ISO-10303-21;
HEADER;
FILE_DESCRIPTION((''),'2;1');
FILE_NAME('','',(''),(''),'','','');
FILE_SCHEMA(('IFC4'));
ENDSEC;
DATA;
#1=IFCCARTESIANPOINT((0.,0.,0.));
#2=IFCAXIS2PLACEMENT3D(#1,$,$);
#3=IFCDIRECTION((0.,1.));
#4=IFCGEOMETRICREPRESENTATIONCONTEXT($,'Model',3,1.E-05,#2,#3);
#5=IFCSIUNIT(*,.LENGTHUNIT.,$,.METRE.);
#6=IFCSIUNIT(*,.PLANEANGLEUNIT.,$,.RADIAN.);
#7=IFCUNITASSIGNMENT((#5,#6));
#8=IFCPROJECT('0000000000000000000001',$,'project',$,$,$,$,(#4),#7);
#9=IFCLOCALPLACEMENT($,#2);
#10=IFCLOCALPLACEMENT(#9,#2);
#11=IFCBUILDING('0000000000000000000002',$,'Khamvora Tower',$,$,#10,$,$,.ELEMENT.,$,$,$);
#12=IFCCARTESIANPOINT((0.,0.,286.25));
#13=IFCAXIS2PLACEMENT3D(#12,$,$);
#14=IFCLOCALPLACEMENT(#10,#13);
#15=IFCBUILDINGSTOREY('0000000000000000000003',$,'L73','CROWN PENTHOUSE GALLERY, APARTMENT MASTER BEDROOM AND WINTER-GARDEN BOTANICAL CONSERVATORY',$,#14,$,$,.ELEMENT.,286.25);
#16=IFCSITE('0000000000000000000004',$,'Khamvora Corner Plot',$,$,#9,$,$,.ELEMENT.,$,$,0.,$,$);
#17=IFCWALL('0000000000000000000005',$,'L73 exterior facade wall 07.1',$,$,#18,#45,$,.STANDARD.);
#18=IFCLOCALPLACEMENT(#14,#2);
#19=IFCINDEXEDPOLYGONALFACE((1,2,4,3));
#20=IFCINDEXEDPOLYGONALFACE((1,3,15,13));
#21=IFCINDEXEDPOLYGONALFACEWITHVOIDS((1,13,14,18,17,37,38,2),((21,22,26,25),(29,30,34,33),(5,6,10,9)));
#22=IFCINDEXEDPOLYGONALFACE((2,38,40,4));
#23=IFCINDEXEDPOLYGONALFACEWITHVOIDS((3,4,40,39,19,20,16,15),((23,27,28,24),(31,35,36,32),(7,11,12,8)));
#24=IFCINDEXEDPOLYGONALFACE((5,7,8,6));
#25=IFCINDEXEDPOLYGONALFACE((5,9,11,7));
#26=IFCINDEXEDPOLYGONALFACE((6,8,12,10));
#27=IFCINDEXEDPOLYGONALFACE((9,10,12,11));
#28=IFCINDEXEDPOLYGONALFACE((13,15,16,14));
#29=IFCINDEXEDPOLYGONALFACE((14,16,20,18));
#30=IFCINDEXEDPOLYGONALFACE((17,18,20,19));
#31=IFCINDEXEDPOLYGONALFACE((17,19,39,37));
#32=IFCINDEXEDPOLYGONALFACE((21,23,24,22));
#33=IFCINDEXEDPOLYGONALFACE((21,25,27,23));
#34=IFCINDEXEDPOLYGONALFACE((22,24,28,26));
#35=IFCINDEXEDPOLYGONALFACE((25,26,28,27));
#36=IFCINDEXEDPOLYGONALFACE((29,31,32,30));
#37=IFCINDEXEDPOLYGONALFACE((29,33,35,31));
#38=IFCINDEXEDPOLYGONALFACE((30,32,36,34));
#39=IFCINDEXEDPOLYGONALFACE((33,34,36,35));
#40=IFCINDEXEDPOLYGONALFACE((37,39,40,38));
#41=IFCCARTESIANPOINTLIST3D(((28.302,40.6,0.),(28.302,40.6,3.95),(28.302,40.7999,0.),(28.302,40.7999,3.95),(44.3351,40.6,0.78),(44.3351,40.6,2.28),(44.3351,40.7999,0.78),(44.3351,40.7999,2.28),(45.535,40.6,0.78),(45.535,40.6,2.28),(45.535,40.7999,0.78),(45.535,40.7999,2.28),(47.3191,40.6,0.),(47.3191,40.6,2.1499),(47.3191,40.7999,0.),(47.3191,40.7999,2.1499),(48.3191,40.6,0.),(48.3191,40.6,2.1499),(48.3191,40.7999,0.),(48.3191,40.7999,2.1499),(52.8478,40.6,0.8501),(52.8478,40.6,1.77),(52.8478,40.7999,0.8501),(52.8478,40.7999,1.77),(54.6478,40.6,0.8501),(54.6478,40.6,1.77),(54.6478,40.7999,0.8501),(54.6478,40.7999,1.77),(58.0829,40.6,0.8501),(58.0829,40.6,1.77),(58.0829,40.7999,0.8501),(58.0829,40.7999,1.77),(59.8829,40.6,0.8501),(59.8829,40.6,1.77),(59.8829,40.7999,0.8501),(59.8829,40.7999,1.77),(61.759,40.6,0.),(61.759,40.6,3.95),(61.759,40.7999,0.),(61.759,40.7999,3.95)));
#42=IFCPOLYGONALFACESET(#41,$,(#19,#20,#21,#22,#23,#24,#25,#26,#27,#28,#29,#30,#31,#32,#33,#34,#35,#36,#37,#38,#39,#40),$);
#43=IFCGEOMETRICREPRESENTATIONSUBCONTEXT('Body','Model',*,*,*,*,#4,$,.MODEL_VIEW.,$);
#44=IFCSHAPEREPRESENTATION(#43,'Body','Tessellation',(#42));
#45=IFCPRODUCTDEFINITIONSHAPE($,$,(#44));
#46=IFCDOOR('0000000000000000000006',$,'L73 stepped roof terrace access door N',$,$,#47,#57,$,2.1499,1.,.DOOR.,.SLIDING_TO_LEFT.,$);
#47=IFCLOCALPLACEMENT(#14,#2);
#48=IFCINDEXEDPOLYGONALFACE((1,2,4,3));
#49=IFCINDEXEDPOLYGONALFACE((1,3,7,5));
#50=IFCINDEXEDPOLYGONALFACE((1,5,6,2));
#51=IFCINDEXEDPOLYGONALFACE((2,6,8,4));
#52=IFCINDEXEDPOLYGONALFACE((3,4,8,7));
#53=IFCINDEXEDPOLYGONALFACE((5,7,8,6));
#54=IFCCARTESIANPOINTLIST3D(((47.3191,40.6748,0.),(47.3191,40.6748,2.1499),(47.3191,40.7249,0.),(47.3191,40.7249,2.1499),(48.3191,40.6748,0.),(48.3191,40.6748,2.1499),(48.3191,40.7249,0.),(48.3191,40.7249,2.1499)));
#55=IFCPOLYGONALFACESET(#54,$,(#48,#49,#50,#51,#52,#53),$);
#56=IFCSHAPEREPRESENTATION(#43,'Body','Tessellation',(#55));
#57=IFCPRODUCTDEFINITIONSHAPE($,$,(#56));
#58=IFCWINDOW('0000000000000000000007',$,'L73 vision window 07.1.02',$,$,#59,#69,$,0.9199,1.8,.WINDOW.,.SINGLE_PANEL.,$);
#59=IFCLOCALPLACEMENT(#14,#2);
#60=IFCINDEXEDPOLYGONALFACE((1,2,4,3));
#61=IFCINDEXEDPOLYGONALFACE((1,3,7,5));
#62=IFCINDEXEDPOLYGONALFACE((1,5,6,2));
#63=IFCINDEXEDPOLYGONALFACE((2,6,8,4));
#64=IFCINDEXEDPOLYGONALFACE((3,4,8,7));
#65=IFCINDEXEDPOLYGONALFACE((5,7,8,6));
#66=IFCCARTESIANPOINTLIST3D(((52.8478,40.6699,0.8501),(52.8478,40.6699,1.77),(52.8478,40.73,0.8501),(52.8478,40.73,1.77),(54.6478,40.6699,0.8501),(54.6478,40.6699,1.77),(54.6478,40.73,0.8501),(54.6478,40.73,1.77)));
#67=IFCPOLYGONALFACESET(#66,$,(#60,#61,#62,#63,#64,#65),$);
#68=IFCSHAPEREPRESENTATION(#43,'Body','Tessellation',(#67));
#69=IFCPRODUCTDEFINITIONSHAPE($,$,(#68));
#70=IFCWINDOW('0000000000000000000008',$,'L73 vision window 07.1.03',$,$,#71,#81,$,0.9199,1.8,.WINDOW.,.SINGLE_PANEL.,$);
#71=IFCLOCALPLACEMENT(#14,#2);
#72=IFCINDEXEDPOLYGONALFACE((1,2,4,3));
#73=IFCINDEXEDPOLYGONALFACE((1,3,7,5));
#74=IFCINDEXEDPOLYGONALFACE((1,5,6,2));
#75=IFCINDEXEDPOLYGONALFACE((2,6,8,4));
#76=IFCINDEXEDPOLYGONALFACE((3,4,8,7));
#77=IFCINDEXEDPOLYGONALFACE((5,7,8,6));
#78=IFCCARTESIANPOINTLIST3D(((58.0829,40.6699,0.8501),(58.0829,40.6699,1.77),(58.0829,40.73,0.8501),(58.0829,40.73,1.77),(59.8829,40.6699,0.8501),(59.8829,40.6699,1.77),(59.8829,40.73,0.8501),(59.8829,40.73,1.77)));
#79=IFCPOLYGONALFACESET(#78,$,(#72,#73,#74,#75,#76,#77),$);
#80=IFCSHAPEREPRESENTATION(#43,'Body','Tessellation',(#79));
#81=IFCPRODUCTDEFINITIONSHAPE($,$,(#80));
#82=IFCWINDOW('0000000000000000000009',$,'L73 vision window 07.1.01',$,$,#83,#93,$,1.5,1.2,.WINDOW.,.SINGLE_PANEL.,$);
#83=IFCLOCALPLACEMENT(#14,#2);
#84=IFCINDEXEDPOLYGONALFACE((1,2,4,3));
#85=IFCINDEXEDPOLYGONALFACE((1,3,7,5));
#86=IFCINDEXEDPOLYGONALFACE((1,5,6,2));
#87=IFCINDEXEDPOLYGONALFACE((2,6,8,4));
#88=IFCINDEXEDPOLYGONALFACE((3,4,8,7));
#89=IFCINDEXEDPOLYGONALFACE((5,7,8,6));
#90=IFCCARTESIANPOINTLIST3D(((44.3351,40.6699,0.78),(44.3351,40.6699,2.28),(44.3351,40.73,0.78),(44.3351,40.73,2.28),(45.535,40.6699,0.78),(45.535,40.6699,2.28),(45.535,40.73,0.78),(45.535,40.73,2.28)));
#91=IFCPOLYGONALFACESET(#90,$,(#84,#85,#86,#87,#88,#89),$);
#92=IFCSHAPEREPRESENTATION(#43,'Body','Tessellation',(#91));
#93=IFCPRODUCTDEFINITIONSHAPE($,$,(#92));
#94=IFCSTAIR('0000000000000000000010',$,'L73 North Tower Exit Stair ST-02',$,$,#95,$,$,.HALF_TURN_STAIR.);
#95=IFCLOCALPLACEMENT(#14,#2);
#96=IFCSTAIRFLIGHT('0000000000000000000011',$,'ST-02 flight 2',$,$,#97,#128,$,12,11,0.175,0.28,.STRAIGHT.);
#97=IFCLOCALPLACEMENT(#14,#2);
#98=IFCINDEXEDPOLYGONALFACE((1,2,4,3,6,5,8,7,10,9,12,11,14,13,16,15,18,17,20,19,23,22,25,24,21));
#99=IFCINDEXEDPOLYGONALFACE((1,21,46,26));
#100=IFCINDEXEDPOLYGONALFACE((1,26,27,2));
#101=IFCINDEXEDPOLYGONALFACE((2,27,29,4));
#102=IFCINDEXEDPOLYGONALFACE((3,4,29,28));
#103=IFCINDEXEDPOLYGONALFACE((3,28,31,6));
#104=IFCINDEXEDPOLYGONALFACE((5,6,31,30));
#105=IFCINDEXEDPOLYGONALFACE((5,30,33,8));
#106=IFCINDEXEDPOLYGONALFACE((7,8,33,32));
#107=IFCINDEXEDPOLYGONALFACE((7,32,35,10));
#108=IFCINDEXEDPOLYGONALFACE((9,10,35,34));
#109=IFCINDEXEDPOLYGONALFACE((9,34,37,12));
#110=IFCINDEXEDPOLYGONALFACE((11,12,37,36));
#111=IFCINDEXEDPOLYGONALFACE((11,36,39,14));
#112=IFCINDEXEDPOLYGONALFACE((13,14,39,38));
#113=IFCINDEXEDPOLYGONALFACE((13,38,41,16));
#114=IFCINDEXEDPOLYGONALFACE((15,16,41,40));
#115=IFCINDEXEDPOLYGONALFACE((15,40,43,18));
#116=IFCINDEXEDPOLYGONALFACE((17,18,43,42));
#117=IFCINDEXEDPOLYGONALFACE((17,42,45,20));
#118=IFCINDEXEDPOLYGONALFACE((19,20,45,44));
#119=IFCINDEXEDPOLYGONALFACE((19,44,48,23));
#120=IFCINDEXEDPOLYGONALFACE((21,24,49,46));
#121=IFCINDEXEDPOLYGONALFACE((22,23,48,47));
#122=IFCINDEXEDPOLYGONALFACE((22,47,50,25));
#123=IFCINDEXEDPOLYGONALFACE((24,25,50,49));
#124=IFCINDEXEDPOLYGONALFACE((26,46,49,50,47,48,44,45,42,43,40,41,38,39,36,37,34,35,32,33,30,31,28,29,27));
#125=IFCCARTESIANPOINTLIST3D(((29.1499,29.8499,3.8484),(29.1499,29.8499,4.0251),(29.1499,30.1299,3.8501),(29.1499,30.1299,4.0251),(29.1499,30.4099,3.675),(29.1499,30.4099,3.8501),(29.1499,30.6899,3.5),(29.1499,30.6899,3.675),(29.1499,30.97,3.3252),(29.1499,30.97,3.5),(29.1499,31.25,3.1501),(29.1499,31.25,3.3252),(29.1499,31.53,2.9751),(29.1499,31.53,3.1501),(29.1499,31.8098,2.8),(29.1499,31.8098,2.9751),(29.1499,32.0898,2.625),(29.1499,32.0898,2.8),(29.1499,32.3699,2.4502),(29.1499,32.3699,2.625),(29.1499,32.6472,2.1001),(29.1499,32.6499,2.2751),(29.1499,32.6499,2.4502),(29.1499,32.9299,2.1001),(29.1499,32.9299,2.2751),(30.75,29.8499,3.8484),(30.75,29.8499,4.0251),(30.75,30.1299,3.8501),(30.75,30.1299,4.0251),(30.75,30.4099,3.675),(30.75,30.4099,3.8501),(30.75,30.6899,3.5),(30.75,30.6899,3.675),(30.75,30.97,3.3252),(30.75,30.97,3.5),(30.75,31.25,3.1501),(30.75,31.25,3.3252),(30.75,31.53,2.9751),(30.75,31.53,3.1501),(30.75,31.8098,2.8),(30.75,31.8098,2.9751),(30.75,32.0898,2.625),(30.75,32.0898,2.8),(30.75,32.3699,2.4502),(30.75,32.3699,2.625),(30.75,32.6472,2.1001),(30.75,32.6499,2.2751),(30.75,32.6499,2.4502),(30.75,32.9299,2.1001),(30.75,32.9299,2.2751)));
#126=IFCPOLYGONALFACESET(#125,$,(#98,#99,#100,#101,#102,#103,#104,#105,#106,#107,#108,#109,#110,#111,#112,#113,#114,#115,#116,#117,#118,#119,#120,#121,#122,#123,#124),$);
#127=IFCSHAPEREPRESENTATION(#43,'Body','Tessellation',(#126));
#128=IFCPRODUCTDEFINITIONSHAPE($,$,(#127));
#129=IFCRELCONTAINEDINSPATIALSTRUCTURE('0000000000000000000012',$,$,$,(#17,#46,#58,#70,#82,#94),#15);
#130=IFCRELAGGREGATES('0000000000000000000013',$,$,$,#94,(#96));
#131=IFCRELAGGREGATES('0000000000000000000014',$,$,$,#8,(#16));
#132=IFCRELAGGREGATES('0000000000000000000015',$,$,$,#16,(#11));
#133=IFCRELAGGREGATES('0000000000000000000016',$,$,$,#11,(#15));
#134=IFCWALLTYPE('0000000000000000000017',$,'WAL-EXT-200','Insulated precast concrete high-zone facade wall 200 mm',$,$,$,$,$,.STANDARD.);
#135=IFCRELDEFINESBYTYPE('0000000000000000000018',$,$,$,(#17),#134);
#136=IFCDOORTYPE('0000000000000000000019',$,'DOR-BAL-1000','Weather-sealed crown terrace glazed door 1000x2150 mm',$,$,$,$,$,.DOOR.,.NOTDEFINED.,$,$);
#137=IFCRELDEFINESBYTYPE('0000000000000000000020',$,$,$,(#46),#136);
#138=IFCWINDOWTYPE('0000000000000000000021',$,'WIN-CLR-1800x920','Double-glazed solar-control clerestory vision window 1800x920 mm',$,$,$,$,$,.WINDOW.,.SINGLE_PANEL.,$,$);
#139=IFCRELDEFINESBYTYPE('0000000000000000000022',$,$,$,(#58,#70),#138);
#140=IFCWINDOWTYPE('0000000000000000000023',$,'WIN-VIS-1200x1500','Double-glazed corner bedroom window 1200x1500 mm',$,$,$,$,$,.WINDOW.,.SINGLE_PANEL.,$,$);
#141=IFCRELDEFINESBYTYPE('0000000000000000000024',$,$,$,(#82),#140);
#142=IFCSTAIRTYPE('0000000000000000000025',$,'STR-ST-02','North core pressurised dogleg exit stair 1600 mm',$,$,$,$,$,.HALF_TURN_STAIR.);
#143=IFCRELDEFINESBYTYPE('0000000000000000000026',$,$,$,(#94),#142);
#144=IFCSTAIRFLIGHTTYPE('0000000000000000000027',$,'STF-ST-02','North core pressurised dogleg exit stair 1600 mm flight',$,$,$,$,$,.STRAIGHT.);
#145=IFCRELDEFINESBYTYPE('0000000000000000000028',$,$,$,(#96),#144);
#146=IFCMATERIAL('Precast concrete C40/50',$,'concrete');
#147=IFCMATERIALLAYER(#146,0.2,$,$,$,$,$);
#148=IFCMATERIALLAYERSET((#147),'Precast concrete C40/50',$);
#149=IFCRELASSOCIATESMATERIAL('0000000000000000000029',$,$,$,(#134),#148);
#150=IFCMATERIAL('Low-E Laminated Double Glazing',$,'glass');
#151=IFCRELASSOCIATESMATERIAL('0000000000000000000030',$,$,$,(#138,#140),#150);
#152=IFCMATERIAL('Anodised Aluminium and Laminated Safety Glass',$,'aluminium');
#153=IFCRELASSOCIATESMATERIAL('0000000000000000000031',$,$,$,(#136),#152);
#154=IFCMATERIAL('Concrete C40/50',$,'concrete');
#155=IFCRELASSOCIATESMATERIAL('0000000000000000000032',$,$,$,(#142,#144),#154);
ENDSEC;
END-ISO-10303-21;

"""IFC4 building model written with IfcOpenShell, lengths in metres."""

from ifc_helpers import new_model, si_unit, direction, frame, frame_2d, origin, place, context, subcontext, project, spatial, polyline, rectangle, outline, extrude, material, layer, layer_set, type_object, element, fill, aggregate, save


model = new_model("IFC4")

# Units and contexts
model_context = context("Model", 3, precision=1e-05, world=origin(), true_north=direction((0.0, 1.0)))
body_context = subcontext(model_context, "Body", "Model", "MODEL_VIEW")
ifc_project = project(units=[si_unit("LENGTHUNIT", "METRE"), si_unit("PLANEANGLEUNIT", "RADIAN")], contexts=[model_context])

# Site, building, storey
site_placement = place(None, origin())
site = spatial("IfcSite", under=ifc_project, at=site_placement, Name="Khamvora Corner Plot", CompositionType="ELEMENT", RefElevation=0.0)
building_placement = place(site_placement, origin())
building = spatial("IfcBuilding", under=site, at=building_placement, Name="Khamvora Tower", CompositionType="ELEMENT")
storey_placement = place(building_placement, frame((0.0, 0.0, 286.25)))
storey = spatial("IfcBuildingStorey", under=building, at=storey_placement, Name="L73", Description="CROWN PENTHOUSE GALLERY, APARTMENT MASTER BEDROOM AND WINTER-GARDEN BOTANICAL CONSERVATORY", CompositionType="ELEMENT", Elevation=286.25)

# Shared definitions
ifc_material_1 = material(Name="Precast concrete C40/50", Category="concrete")
ifc_layer_1 = layer(ifc_material_1, 0.2)
ifc_layer_set_1 = layer_set([ifc_layer_1], Name="Precast concrete C40/50")
wall_type_1 = type_object("IfcWallType", Name="WAL-EXT-200", Description="Insulated precast concrete high-zone facade wall 200 mm", PredefinedType="STANDARD", material=ifc_layer_set_1)

# Shared definitions
ifc_material_2 = material(Name="Low-E Laminated Double Glazing", Category="glass")
window_type_1 = type_object("IfcWindowType", Name="WIN-CLR-1800x920", Description="Double-glazed solar-control clerestory vision window 1800x920 mm", PartitioningType="SINGLE_PANEL", PredefinedType="WINDOW", material=ifc_material_2)

# Wall, openings, door, windows
wall_1_placement = place(storey_placement, frame((28.302, 40.7, 0.0), z_axis=(0.0, 0.0, 1.0), x_axis=(1.0, 0.0, 0.0)))
wall_1 = element("IfcWall", 1, at=wall_1_placement, inside=storey, type_object=wall_type_1, Name="L73 exterior facade wall 07.1", PredefinedType="STANDARD", context=body_context, shape_type="SweptSolid", body=[
    extrude(rectangle(XDim=33.457, YDim=0.2, at=frame_2d((16.7285, 0.0))), origin(), (0.0, 0.0, 1.0), 3.95),
])
opening_1_placement = place(wall_1_placement, frame((19.0171, 0.0, 0.0)))
opening_1 = element("IfcOpeningElement", 2, at=opening_1_placement, cuts=wall_1, PredefinedType="OPENING", context=body_context, shape_type="SweptSolid", body=[
    extrude(rectangle(XDim=1.0, YDim=2.1499, at=frame_2d((0.5, 1.075))), frame((0.0, 0.1099, 0.0), z_axis=(0.0, -1.0, 0.0), x_axis=(1.0, 0.0, 0.0)), (0.0, 0.0, 1.0), 0.22),
])
opening_2_placement = place(wall_1_placement, frame((16.033, 0.0, 0.78)))
opening_2 = element("IfcOpeningElement", 3, at=opening_2_placement, cuts=wall_1, PredefinedType="OPENING", context=body_context, shape_type="SweptSolid", body=[
    extrude(rectangle(XDim=1.2, YDim=1.5, at=frame_2d((0.6001, 0.75))), frame((0.0, 0.1099, 0.0), z_axis=(0.0, -1.0, 0.0), x_axis=(1.0, 0.0, 0.0)), (0.0, 0.0, 1.0), 0.22),
])
opening_3_placement = place(wall_1_placement, frame((24.5459, 0.0, 0.8501)))
opening_3 = element("IfcOpeningElement", 4, at=opening_3_placement, cuts=wall_1, PredefinedType="OPENING", context=body_context, shape_type="SweptSolid", body=[
    extrude(rectangle(XDim=1.8, YDim=0.9199, at=frame_2d((0.8999, 0.46))), frame((0.0, 0.1099, 0.0), z_axis=(0.0, -1.0, 0.0), x_axis=(1.0, 0.0, 0.0)), (0.0, 0.0, 1.0), 0.22),
])
opening_4_placement = place(wall_1_placement, frame((29.781, 0.0, 0.8501)))
opening_4 = element("IfcOpeningElement", 5, at=opening_4_placement, cuts=wall_1, PredefinedType="OPENING", context=body_context, shape_type="SweptSolid", body=[
    extrude(rectangle(XDim=1.8, YDim=0.9199, at=frame_2d((0.8999, 0.46))), frame((0.0, 0.1099, 0.0), z_axis=(0.0, -1.0, 0.0), x_axis=(1.0, 0.0, 0.0)), (0.0, 0.0, 1.0), 0.22),
])
ifc_material_3 = material(Name="Anodised Aluminium and Laminated Safety Glass", Category="aluminium")
door_type_1 = type_object("IfcDoorType", Name="DOR-BAL-1000", Description="Weather-sealed crown terrace glazed door 1000x2150 mm", OperationType="NOTDEFINED", PredefinedType="DOOR", material=ifc_material_3)
door_1_placement = place(opening_1_placement, origin())
door_1 = element("IfcDoor", 6, at=door_1_placement, inside=storey, type_object=door_type_1, Name="L73 stepped roof terrace access door N", OperationType="SLIDING_TO_LEFT", OverallHeight=2.1499, OverallWidth=1.0, PredefinedType="DOOR", context=body_context, shape_type="SweptSolid", body=[
    extrude(rectangle(XDim=1.0, YDim=2.1499, at=frame_2d((0.5, 1.075))), frame((0.0, 0.0249, 0.0), z_axis=(0.0, -1.0, 0.0), x_axis=(1.0, 0.0, 0.0)), (0.0, 0.0, 1.0), 0.05),
])
fill(opening_1, door_1)
window_1_placement = place(opening_3_placement, origin())
window_1 = element("IfcWindow", 7, at=window_1_placement, inside=storey, type_object=window_type_1, Name="L73 vision window 07.1.02", OverallHeight=0.9199, OverallWidth=1.8, PartitioningType="SINGLE_PANEL", PredefinedType="WINDOW", context=body_context, shape_type="SweptSolid", body=[
    extrude(rectangle(XDim=1.8, YDim=0.9199, at=frame_2d((0.8999, 0.46))), frame((0.0, 0.03, 0.0), z_axis=(0.0, -1.0, 0.0), x_axis=(1.0, 0.0, 0.0)), (0.0, 0.0, 1.0), 0.0601),
])
fill(opening_3, window_1)
window_2_placement = place(opening_4_placement, origin())
window_2 = element("IfcWindow", 8, at=window_2_placement, inside=storey, type_object=window_type_1, Name="L73 vision window 07.1.03", OverallHeight=0.9199, OverallWidth=1.8, PartitioningType="SINGLE_PANEL", PredefinedType="WINDOW", context=body_context, shape_type="SweptSolid", body=[
    extrude(rectangle(XDim=1.8, YDim=0.9199, at=frame_2d((0.8999, 0.46))), frame((0.0, 0.03, 0.0), z_axis=(0.0, -1.0, 0.0), x_axis=(1.0, 0.0, 0.0)), (0.0, 0.0, 1.0), 0.0601),
])
fill(opening_4, window_2)
window_type_2 = type_object("IfcWindowType", Name="WIN-VIS-1200x1500", Description="Double-glazed corner bedroom window 1200x1500 mm", PartitioningType="SINGLE_PANEL", PredefinedType="WINDOW", material=ifc_material_2)
window_3_placement = place(opening_2_placement, origin())
window_3 = element("IfcWindow", 9, at=window_3_placement, inside=storey, type_object=window_type_2, Name="L73 vision window 07.1.01", OverallHeight=1.5, OverallWidth=1.2, PartitioningType="SINGLE_PANEL", PredefinedType="WINDOW", context=body_context, shape_type="SweptSolid", body=[
    extrude(rectangle(XDim=1.2, YDim=1.5, at=frame_2d((0.6001, 0.75))), frame((0.0, 0.03, 0.0), z_axis=(0.0, -1.0, 0.0), x_axis=(1.0, 0.0, 0.0)), (0.0, 0.0, 1.0), 0.0601),
])
fill(opening_2, window_3)

# Stair, stair flight
ifc_material_4 = material(Name="Concrete C40/50", Category="concrete")
stair_type = type_object("IfcStairType", Name="STR-ST-02", Description="North core pressurised dogleg exit stair 1600 mm", PredefinedType="HALF_TURN_STAIR", material=ifc_material_4)
stair_placement = place(storey_placement, origin())
stair = element("IfcStair", 10, at=stair_placement, inside=storey, type_object=stair_type, Name="L73 North Tower Exit Stair ST-02", PredefinedType="HALF_TURN_STAIR")
stair_flight_type = type_object("IfcStairFlightType", Name="STF-ST-02", Description="North core pressurised dogleg exit stair 1600 mm flight", PredefinedType="STRAIGHT", material=ifc_material_4)
stair_flight_placement = place(storey_placement, frame((29.95, 32.9299, 2.1001), z_axis=(0.0, 0.0, 1.0), x_axis=(0.0, -1.0, 0.0)))
stair_flight = element("IfcStairFlight", 11, at=stair_flight_placement, type_object=stair_flight_type, Name="ST-02 flight 2", NumberOfRisers=12, NumberOfTreads=11, PredefinedType="STRAIGHT", RiserHeight=0.175, TreadLength=0.28, context=body_context, shape_type="SweptSolid", body=[
    extrude(outline(polyline([(0.0, 0.0), (0.0, 0.175), (0.28, 0.175), (0.28, 0.3501), (0.5601, 0.3501), (0.5601, 0.5249), (0.8401, 0.5249), (0.8401, 0.7), (1.1201, 0.7), (1.1201, 0.875), (1.3999, 0.875), (1.3999, 1.05), (1.6799, 1.05), (1.6799, 1.2251), (1.96, 1.2251), (1.96, 1.3999), (2.24, 1.3999), (2.24, 1.575), (2.52, 1.575), (2.52, 1.75), (2.8, 1.75), (2.8, 1.925), (3.0801, 1.925), (3.0801, 2.1001), (3.0801, 1.7483), (0.2827, 0.0), (0.0, 0.0)])), frame((0.0, 0.8, 0.0), z_axis=(0.0, -1.0, 0.0), x_axis=(1.0, 0.0, 0.0)), (0.0, 0.0, 1.0), 1.6001),
])
aggregate(stair, [stair_flight])

save(model, "model.ifc")
